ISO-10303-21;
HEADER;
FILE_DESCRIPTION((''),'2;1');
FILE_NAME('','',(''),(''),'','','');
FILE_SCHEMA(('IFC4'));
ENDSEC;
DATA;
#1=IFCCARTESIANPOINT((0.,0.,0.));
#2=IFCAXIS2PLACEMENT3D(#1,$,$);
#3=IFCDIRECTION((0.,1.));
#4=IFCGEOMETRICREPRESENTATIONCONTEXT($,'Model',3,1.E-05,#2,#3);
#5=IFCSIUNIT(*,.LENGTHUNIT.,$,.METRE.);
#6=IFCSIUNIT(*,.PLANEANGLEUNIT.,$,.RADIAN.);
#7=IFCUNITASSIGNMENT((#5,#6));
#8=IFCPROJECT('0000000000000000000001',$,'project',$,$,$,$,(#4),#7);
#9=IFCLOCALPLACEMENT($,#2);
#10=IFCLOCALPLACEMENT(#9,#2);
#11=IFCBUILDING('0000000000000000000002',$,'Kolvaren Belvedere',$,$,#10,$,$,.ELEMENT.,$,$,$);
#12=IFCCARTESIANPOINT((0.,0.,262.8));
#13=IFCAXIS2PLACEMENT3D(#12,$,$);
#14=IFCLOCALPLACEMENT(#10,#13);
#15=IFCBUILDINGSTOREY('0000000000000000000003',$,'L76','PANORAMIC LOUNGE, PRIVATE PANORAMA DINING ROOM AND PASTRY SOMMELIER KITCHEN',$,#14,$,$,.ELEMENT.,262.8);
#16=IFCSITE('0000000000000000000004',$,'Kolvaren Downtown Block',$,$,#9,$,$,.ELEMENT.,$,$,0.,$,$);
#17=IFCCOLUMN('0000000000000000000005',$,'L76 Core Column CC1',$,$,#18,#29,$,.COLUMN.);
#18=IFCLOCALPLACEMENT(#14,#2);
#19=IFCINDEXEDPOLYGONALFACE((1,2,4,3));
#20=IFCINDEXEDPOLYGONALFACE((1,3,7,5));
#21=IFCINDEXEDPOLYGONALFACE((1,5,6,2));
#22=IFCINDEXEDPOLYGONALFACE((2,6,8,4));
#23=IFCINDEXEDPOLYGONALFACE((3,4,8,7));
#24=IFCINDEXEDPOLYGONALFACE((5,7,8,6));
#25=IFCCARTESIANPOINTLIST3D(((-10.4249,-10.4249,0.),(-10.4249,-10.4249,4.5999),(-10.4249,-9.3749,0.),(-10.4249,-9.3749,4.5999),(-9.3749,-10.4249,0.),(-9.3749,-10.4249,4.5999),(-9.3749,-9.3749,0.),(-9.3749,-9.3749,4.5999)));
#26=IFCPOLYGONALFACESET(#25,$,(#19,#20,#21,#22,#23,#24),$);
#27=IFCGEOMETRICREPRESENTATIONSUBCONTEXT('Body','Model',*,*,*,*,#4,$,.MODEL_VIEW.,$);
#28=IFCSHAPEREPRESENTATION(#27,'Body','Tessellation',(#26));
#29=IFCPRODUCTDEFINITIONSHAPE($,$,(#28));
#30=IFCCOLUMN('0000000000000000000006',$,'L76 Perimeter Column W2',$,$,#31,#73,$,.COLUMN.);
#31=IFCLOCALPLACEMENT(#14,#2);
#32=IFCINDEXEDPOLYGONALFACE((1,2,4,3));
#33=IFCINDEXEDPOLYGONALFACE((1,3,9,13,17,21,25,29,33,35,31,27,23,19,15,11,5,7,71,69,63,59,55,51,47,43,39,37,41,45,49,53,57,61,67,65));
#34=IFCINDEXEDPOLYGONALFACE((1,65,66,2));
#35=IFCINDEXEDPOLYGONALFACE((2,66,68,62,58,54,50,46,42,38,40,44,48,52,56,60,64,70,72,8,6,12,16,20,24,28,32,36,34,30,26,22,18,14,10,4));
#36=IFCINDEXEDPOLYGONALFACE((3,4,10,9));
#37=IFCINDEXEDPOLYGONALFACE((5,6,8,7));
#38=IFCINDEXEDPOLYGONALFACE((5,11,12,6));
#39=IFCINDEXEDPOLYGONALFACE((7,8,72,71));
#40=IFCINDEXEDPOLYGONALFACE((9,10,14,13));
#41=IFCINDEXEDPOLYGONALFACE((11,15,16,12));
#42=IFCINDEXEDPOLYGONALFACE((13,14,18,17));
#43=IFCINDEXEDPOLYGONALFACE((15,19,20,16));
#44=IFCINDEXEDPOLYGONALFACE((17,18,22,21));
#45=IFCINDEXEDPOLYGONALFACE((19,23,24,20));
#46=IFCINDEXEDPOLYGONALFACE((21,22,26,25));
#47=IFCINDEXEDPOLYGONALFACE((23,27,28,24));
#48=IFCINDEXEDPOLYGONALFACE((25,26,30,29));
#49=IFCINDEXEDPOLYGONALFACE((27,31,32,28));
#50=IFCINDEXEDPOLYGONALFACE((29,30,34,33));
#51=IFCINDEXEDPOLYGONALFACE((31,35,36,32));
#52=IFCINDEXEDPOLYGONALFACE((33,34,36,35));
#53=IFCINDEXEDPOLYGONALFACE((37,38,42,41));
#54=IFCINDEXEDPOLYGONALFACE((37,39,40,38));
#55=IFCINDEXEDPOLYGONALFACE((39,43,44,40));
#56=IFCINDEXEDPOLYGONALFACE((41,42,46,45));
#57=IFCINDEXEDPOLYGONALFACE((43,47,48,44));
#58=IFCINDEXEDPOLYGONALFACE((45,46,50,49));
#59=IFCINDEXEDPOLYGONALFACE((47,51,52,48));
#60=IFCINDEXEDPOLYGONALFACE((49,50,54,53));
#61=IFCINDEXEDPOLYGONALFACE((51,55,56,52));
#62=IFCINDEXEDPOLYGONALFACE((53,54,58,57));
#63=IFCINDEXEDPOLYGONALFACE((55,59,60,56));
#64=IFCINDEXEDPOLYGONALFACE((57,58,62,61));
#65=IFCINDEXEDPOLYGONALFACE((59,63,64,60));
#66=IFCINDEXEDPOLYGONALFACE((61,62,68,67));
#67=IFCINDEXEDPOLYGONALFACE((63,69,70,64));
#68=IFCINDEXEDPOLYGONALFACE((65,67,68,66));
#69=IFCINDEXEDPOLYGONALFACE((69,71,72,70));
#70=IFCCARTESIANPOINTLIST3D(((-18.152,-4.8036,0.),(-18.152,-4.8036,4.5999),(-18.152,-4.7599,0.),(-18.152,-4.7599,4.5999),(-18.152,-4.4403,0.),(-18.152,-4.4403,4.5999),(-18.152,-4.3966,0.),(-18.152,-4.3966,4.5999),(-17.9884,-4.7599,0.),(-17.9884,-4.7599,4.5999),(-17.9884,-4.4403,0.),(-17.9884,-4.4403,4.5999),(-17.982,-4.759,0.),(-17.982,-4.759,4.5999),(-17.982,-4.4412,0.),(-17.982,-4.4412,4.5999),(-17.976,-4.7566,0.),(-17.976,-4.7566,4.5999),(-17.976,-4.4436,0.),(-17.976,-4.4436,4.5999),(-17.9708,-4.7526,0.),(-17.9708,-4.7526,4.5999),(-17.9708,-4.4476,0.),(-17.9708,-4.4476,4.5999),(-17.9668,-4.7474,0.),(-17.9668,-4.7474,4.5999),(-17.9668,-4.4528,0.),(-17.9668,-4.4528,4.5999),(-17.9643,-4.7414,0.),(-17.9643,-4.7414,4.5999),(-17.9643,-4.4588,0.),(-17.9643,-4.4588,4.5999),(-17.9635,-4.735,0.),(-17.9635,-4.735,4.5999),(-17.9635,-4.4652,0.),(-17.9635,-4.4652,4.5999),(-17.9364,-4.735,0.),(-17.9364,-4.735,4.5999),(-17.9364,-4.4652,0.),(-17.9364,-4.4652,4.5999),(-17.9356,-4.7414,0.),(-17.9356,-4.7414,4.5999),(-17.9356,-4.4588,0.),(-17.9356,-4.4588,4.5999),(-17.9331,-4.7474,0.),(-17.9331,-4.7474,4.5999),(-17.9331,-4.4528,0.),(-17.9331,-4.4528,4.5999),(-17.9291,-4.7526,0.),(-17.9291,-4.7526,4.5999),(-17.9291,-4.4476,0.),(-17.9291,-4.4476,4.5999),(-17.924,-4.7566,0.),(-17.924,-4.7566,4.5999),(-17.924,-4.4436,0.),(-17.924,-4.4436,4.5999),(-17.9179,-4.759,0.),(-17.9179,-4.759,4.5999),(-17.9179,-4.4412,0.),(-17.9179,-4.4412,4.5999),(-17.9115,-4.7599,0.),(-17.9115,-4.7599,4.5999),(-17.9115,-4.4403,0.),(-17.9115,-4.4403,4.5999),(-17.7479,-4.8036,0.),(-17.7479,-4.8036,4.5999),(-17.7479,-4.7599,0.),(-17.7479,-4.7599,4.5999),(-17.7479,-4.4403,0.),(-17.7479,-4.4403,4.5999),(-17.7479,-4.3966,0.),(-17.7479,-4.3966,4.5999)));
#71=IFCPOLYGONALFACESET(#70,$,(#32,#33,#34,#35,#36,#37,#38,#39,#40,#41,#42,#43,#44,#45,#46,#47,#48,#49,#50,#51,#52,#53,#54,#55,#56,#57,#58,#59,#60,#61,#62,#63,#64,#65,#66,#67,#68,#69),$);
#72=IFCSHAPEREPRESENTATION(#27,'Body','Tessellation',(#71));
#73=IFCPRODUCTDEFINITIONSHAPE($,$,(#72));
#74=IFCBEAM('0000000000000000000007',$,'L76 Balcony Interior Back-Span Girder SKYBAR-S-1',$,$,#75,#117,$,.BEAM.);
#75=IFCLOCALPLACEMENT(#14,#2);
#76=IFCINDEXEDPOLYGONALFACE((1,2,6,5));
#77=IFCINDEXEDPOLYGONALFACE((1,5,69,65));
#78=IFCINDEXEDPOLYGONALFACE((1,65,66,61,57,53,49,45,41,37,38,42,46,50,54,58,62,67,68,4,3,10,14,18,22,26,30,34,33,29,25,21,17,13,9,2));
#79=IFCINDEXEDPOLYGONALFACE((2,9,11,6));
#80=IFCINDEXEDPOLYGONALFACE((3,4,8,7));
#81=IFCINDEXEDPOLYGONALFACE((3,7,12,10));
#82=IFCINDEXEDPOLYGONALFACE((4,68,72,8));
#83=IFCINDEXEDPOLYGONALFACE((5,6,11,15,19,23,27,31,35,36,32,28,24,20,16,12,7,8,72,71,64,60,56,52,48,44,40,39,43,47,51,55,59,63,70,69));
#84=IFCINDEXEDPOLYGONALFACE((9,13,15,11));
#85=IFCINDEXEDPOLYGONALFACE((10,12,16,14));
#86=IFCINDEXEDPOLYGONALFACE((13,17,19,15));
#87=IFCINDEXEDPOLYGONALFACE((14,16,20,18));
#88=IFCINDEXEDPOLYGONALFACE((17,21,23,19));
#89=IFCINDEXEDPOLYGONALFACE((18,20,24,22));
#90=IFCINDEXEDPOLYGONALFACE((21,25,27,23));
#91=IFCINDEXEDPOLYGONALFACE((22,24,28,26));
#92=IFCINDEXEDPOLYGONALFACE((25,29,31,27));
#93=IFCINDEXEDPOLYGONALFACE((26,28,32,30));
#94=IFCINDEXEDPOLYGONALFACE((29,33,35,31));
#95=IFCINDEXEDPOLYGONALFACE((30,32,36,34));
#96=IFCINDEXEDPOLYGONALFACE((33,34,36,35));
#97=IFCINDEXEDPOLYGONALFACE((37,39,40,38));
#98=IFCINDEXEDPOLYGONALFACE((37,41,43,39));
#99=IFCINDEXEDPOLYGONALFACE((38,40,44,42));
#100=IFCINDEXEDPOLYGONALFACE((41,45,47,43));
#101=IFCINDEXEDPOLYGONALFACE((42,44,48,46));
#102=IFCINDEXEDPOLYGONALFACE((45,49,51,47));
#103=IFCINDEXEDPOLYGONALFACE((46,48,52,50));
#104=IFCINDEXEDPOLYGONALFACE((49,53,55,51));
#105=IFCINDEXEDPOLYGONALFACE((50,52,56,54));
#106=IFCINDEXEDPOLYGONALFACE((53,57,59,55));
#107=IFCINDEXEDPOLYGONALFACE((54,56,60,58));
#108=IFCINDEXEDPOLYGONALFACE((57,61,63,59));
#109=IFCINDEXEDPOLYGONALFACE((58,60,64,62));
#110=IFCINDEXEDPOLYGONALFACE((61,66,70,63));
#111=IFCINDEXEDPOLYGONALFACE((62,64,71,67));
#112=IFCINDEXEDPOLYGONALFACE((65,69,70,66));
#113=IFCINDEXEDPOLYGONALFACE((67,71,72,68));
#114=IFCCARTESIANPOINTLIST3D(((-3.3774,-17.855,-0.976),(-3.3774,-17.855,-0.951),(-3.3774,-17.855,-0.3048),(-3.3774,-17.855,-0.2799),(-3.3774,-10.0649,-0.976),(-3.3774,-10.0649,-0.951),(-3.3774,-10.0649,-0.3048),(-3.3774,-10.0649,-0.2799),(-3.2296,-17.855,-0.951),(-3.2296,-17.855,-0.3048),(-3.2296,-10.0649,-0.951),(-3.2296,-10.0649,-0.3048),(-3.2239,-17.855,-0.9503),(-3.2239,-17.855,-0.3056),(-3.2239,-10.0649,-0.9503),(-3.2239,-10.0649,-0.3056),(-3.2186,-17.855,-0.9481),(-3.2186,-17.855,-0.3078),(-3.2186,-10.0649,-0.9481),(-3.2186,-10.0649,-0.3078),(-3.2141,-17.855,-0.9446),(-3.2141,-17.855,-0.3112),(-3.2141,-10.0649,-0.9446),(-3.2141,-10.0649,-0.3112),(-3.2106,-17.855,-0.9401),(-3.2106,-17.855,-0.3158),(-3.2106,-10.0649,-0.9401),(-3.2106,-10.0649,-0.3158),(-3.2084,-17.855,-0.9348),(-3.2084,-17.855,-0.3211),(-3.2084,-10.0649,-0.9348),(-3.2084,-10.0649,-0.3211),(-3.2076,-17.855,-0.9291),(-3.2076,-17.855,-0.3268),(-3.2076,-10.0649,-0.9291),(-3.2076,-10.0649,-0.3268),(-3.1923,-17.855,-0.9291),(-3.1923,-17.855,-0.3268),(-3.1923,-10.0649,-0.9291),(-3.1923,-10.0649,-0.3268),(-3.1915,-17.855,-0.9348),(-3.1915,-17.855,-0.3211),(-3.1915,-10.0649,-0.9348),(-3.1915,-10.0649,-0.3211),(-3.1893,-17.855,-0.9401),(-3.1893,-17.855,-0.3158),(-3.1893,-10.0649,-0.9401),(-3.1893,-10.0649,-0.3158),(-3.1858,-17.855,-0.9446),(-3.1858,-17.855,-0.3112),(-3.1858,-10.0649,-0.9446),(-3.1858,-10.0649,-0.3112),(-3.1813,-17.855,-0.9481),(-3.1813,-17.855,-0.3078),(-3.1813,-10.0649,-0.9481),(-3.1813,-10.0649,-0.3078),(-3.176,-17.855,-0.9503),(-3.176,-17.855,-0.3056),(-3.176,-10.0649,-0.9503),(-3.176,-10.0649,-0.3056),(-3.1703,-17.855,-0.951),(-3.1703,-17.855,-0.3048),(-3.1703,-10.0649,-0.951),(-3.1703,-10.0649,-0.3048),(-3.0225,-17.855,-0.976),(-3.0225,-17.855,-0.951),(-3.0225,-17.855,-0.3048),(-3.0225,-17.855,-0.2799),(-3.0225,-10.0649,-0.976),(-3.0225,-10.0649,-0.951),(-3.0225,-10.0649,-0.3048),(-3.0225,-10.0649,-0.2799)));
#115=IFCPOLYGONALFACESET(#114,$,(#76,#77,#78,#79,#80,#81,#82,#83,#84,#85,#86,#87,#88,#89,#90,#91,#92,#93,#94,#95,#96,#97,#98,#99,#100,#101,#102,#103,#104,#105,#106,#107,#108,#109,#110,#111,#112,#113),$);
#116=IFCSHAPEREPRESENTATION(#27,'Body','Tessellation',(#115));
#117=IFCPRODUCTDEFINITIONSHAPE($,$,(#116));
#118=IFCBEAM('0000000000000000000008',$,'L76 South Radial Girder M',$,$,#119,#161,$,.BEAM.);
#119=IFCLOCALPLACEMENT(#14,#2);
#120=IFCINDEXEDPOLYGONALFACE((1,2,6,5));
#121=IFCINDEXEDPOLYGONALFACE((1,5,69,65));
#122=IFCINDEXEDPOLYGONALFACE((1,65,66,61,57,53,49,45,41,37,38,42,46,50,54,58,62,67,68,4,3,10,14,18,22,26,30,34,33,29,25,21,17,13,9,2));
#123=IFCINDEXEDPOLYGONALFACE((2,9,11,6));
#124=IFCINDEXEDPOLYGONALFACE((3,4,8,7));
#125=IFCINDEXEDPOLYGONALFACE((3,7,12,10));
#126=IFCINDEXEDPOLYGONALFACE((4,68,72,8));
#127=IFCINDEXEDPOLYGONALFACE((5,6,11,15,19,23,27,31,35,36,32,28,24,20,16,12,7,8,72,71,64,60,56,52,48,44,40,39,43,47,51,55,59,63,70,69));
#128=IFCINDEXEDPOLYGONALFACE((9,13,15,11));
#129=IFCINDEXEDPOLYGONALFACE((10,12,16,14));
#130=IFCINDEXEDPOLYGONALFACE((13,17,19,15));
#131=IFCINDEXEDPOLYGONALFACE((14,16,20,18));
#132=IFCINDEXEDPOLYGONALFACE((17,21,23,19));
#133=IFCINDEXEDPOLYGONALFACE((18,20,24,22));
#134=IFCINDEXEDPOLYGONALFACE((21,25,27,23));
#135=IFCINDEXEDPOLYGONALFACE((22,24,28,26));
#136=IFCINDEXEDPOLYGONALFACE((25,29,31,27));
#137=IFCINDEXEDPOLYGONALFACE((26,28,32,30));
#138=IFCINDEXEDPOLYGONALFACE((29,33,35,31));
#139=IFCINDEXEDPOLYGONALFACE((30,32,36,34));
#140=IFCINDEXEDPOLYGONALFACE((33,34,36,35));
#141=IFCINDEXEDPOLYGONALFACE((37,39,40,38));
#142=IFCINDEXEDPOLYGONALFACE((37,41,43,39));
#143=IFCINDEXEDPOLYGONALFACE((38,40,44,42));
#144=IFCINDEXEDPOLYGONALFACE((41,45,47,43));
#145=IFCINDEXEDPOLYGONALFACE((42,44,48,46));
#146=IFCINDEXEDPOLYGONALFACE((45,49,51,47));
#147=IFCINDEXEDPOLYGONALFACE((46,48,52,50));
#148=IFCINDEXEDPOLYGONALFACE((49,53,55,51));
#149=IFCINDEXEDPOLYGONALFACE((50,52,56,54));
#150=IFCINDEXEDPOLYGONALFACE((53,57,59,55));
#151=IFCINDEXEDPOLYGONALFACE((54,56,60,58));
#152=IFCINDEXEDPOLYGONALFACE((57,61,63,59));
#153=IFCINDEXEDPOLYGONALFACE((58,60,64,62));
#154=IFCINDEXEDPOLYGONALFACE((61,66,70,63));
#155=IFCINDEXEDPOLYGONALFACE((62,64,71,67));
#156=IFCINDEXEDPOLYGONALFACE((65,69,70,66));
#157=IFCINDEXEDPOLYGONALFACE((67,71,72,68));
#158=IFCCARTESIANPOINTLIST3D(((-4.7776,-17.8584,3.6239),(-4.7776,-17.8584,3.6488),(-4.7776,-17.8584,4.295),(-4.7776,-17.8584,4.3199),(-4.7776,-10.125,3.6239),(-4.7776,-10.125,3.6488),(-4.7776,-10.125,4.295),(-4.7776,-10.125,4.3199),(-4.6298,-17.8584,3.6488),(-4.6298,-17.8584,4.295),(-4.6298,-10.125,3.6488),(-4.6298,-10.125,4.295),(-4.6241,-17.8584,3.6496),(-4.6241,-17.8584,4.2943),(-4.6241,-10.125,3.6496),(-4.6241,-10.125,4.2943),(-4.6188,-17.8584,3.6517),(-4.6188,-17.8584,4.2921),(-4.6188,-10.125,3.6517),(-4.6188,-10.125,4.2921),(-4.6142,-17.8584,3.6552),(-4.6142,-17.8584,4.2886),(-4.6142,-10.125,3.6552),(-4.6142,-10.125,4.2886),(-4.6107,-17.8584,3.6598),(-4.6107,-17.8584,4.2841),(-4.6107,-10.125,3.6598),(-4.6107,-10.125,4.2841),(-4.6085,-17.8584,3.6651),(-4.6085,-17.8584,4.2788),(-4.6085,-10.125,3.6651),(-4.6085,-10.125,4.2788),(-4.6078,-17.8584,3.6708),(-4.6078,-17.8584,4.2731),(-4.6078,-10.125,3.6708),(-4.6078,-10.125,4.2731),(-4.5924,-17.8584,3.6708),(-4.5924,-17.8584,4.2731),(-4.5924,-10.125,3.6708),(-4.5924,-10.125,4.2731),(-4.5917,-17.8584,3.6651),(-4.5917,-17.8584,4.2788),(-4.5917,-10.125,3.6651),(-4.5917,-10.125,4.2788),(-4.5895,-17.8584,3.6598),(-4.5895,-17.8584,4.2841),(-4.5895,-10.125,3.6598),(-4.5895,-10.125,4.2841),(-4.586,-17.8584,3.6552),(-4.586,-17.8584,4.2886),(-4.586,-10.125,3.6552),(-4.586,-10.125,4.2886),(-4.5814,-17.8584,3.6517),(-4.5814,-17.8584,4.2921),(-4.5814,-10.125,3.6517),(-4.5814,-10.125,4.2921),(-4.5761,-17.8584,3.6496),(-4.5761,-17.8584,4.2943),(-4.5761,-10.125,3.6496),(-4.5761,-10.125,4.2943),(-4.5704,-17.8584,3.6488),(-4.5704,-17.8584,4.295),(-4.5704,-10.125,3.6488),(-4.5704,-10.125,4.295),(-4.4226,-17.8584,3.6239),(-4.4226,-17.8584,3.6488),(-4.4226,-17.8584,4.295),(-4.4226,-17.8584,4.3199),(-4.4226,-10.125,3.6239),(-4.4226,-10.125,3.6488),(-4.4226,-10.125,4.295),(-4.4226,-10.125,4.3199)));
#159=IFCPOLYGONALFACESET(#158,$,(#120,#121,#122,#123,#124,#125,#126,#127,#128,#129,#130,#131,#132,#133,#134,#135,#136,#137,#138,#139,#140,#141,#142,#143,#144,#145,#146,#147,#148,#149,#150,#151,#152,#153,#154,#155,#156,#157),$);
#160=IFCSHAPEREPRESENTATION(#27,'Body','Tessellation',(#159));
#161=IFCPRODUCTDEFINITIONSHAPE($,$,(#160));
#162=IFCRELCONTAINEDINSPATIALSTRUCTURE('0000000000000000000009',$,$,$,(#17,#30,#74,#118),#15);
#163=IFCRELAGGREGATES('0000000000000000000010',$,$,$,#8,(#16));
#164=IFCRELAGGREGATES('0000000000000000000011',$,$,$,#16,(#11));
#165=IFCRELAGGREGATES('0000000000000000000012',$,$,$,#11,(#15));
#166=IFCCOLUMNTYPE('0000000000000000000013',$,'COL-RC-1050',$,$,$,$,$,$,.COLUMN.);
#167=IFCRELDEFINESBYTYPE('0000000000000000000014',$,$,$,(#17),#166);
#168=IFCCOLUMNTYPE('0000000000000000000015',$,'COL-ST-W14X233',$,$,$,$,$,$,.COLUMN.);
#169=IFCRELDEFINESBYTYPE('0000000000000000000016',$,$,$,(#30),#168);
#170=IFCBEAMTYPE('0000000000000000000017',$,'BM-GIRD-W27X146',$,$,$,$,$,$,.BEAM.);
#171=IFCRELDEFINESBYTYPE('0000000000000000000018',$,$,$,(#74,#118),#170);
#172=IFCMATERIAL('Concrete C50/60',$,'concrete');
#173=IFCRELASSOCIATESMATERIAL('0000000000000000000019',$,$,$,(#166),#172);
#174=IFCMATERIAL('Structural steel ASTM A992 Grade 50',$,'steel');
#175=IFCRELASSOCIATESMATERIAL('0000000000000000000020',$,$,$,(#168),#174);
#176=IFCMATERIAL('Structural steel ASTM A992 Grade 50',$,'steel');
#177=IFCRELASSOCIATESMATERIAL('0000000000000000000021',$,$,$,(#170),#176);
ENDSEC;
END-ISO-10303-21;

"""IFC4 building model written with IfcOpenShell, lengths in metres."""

from ifc_helpers import new_model, si_unit, direction, frame, origin, origin_2d, place, context, subcontext, project, spatial, rectangle, i_section, extrude, material, material_profile, profile_set, type_object, element, save


model = new_model("IFC4")

# Units and contexts
model_context = context("Model", 3, precision=1e-05, world=origin(), true_north=direction((0.0, 1.0)))
body_context = subcontext(model_context, "Body", "Model", "MODEL_VIEW")
ifc_project = project(units=[si_unit("LENGTHUNIT", "METRE"), si_unit("PLANEANGLEUNIT", "RADIAN")], contexts=[model_context])

# Site, building, storey
site_placement = place(None, origin())
site = spatial("IfcSite", under=ifc_project, at=site_placement, Name="Kolvaren Downtown Block", CompositionType="ELEMENT", RefElevation=0.0)
building_placement = place(site_placement, origin())
building = spatial("IfcBuilding", under=site, at=building_placement, Name="Kolvaren Belvedere", CompositionType="ELEMENT")
storey_placement = place(building_placement, frame((0.0, 0.0, 262.8)))
storey = spatial("IfcBuildingStorey", under=building, at=storey_placement, Name="L76", Description="PANORAMIC LOUNGE, PRIVATE PANORAMA DINING ROOM AND PASTRY SOMMELIER KITCHEN", CompositionType="ELEMENT", Elevation=262.8)

# Columns
ifc_material_1 = material(Name="Concrete C50/60", Category="concrete")
ifc_material_profile_1 = material_profile(ifc_material_1, rectangle(XDim=1.05, YDim=1.05, at=origin_2d()), Name="RC 1050X1050")
ifc_profile_set_1 = profile_set([ifc_material_profile_1], Name="Concrete C50/60")
column_type_1 = type_object("IfcColumnType", Name="COL-RC-1050", PredefinedType="COLUMN", material=ifc_profile_set_1)
column_1_placement = place(storey_placement, frame((-9.8999, -9.8999, 0.0), z_axis=(0.0, 0.0, 1.0), x_axis=(1.0, 0.0, 0.0)))
element("IfcColumn", 1, at=column_1_placement, inside=storey, type_object=column_type_1, Name="L76 Core Column CC1", PredefinedType="COLUMN", context=body_context, shape_type="SweptSolid", body=[
    extrude(rectangle(XDim=1.05, YDim=1.05, at=origin_2d()), origin(), (0.0, 0.0, 1.0), 4.5999),
])
ifc_material_2 = material(Name="Structural steel ASTM A992 Grade 50", Category="steel")
ifc_material_profile_2 = material_profile(ifc_material_2, i_section(OverallWidth=0.4041, OverallDepth=0.407, WebThickness=0.0271, FlangeThickness=0.0437, FilletRadius=0.0249, at=origin_2d()), Name="W14X233")
ifc_profile_set_2 = profile_set([ifc_material_profile_2], Name="Structural steel ASTM A992 Grade 50")
column_type_2 = type_object("IfcColumnType", Name="COL-ST-W14X233", PredefinedType="COLUMN", material=ifc_profile_set_2)
column_2_placement = place(storey_placement, frame((-17.95, -4.6001, 0.0), z_axis=(0.0, 0.0, 1.0), x_axis=(1.0, 0.0, 0.0)))
element("IfcColumn", 2, at=column_2_placement, inside=storey, type_object=column_type_2, Name="L76 Perimeter Column W2", PredefinedType="COLUMN", context=body_context, shape_type="SweptSolid", body=[
    extrude(i_section(OverallWidth=0.4041, OverallDepth=0.407, WebThickness=0.0271, FlangeThickness=0.0437, FilletRadius=0.0249, at=origin_2d()), origin(), (0.0, 0.0, 1.0), 4.5999),
])

# Beams
ifc_material_3 = material(Name="Structural steel ASTM A992 Grade 50", Category="steel")
ifc_material_profile_3 = material_profile(ifc_material_3, i_section(OverallWidth=0.355, OverallDepth=0.696, WebThickness=0.0154, FlangeThickness=0.0249, FilletRadius=0.022, at=origin_2d()), Name="W27X146")
ifc_profile_set_3 = profile_set([ifc_material_profile_3], Name="Structural steel ASTM A992 Grade 50")
beam_type_1 = type_object("IfcBeamType", Name="BM-GIRD-W27X146", PredefinedType="BEAM", material=ifc_profile_set_3)
beam_1_placement = place(storey_placement, frame((-3.2, -10.0649, -0.6279), z_axis=(0.0, -1.0, 0.0), x_axis=(1.0, 0.0, 0.0)))
element("IfcBeam", 3, at=beam_1_placement, inside=storey, type_object=beam_type_1, Name="L76 Balcony Interior Back-Span Girder SKYBAR-S-1", PredefinedType="BEAM", context=body_context, shape_type="SweptSolid", body=[
    extrude(i_section(OverallWidth=0.355, OverallDepth=0.696, WebThickness=0.0154, FlangeThickness=0.0249, FilletRadius=0.022, at=origin_2d()), origin(), (0.0, 0.0, 1.0), 7.79),
])
for number, where, z_axis, x_axis, name in (
    (4, (-4.6001, -10.125, 3.9719), (0.0, -1.0, 0.0), (1.0, 0.0, 0.0), "L76 South Radial Girder M"),
):
    element("IfcBeam", number, at=place(storey_placement, frame(where, z_axis=z_axis, x_axis=x_axis)), inside=storey, type_object=beam_type_1, Name=name, PredefinedType="BEAM", context=body_context, shape_type="SweptSolid", body=[
        extrude(i_section(OverallWidth=0.355, OverallDepth=0.696, WebThickness=0.0154, FlangeThickness=0.0249, FilletRadius=0.022, at=origin_2d()), origin(), (0.0, 0.0, 1.0), 7.7334),
    ])

save(model, "model.ifc")
